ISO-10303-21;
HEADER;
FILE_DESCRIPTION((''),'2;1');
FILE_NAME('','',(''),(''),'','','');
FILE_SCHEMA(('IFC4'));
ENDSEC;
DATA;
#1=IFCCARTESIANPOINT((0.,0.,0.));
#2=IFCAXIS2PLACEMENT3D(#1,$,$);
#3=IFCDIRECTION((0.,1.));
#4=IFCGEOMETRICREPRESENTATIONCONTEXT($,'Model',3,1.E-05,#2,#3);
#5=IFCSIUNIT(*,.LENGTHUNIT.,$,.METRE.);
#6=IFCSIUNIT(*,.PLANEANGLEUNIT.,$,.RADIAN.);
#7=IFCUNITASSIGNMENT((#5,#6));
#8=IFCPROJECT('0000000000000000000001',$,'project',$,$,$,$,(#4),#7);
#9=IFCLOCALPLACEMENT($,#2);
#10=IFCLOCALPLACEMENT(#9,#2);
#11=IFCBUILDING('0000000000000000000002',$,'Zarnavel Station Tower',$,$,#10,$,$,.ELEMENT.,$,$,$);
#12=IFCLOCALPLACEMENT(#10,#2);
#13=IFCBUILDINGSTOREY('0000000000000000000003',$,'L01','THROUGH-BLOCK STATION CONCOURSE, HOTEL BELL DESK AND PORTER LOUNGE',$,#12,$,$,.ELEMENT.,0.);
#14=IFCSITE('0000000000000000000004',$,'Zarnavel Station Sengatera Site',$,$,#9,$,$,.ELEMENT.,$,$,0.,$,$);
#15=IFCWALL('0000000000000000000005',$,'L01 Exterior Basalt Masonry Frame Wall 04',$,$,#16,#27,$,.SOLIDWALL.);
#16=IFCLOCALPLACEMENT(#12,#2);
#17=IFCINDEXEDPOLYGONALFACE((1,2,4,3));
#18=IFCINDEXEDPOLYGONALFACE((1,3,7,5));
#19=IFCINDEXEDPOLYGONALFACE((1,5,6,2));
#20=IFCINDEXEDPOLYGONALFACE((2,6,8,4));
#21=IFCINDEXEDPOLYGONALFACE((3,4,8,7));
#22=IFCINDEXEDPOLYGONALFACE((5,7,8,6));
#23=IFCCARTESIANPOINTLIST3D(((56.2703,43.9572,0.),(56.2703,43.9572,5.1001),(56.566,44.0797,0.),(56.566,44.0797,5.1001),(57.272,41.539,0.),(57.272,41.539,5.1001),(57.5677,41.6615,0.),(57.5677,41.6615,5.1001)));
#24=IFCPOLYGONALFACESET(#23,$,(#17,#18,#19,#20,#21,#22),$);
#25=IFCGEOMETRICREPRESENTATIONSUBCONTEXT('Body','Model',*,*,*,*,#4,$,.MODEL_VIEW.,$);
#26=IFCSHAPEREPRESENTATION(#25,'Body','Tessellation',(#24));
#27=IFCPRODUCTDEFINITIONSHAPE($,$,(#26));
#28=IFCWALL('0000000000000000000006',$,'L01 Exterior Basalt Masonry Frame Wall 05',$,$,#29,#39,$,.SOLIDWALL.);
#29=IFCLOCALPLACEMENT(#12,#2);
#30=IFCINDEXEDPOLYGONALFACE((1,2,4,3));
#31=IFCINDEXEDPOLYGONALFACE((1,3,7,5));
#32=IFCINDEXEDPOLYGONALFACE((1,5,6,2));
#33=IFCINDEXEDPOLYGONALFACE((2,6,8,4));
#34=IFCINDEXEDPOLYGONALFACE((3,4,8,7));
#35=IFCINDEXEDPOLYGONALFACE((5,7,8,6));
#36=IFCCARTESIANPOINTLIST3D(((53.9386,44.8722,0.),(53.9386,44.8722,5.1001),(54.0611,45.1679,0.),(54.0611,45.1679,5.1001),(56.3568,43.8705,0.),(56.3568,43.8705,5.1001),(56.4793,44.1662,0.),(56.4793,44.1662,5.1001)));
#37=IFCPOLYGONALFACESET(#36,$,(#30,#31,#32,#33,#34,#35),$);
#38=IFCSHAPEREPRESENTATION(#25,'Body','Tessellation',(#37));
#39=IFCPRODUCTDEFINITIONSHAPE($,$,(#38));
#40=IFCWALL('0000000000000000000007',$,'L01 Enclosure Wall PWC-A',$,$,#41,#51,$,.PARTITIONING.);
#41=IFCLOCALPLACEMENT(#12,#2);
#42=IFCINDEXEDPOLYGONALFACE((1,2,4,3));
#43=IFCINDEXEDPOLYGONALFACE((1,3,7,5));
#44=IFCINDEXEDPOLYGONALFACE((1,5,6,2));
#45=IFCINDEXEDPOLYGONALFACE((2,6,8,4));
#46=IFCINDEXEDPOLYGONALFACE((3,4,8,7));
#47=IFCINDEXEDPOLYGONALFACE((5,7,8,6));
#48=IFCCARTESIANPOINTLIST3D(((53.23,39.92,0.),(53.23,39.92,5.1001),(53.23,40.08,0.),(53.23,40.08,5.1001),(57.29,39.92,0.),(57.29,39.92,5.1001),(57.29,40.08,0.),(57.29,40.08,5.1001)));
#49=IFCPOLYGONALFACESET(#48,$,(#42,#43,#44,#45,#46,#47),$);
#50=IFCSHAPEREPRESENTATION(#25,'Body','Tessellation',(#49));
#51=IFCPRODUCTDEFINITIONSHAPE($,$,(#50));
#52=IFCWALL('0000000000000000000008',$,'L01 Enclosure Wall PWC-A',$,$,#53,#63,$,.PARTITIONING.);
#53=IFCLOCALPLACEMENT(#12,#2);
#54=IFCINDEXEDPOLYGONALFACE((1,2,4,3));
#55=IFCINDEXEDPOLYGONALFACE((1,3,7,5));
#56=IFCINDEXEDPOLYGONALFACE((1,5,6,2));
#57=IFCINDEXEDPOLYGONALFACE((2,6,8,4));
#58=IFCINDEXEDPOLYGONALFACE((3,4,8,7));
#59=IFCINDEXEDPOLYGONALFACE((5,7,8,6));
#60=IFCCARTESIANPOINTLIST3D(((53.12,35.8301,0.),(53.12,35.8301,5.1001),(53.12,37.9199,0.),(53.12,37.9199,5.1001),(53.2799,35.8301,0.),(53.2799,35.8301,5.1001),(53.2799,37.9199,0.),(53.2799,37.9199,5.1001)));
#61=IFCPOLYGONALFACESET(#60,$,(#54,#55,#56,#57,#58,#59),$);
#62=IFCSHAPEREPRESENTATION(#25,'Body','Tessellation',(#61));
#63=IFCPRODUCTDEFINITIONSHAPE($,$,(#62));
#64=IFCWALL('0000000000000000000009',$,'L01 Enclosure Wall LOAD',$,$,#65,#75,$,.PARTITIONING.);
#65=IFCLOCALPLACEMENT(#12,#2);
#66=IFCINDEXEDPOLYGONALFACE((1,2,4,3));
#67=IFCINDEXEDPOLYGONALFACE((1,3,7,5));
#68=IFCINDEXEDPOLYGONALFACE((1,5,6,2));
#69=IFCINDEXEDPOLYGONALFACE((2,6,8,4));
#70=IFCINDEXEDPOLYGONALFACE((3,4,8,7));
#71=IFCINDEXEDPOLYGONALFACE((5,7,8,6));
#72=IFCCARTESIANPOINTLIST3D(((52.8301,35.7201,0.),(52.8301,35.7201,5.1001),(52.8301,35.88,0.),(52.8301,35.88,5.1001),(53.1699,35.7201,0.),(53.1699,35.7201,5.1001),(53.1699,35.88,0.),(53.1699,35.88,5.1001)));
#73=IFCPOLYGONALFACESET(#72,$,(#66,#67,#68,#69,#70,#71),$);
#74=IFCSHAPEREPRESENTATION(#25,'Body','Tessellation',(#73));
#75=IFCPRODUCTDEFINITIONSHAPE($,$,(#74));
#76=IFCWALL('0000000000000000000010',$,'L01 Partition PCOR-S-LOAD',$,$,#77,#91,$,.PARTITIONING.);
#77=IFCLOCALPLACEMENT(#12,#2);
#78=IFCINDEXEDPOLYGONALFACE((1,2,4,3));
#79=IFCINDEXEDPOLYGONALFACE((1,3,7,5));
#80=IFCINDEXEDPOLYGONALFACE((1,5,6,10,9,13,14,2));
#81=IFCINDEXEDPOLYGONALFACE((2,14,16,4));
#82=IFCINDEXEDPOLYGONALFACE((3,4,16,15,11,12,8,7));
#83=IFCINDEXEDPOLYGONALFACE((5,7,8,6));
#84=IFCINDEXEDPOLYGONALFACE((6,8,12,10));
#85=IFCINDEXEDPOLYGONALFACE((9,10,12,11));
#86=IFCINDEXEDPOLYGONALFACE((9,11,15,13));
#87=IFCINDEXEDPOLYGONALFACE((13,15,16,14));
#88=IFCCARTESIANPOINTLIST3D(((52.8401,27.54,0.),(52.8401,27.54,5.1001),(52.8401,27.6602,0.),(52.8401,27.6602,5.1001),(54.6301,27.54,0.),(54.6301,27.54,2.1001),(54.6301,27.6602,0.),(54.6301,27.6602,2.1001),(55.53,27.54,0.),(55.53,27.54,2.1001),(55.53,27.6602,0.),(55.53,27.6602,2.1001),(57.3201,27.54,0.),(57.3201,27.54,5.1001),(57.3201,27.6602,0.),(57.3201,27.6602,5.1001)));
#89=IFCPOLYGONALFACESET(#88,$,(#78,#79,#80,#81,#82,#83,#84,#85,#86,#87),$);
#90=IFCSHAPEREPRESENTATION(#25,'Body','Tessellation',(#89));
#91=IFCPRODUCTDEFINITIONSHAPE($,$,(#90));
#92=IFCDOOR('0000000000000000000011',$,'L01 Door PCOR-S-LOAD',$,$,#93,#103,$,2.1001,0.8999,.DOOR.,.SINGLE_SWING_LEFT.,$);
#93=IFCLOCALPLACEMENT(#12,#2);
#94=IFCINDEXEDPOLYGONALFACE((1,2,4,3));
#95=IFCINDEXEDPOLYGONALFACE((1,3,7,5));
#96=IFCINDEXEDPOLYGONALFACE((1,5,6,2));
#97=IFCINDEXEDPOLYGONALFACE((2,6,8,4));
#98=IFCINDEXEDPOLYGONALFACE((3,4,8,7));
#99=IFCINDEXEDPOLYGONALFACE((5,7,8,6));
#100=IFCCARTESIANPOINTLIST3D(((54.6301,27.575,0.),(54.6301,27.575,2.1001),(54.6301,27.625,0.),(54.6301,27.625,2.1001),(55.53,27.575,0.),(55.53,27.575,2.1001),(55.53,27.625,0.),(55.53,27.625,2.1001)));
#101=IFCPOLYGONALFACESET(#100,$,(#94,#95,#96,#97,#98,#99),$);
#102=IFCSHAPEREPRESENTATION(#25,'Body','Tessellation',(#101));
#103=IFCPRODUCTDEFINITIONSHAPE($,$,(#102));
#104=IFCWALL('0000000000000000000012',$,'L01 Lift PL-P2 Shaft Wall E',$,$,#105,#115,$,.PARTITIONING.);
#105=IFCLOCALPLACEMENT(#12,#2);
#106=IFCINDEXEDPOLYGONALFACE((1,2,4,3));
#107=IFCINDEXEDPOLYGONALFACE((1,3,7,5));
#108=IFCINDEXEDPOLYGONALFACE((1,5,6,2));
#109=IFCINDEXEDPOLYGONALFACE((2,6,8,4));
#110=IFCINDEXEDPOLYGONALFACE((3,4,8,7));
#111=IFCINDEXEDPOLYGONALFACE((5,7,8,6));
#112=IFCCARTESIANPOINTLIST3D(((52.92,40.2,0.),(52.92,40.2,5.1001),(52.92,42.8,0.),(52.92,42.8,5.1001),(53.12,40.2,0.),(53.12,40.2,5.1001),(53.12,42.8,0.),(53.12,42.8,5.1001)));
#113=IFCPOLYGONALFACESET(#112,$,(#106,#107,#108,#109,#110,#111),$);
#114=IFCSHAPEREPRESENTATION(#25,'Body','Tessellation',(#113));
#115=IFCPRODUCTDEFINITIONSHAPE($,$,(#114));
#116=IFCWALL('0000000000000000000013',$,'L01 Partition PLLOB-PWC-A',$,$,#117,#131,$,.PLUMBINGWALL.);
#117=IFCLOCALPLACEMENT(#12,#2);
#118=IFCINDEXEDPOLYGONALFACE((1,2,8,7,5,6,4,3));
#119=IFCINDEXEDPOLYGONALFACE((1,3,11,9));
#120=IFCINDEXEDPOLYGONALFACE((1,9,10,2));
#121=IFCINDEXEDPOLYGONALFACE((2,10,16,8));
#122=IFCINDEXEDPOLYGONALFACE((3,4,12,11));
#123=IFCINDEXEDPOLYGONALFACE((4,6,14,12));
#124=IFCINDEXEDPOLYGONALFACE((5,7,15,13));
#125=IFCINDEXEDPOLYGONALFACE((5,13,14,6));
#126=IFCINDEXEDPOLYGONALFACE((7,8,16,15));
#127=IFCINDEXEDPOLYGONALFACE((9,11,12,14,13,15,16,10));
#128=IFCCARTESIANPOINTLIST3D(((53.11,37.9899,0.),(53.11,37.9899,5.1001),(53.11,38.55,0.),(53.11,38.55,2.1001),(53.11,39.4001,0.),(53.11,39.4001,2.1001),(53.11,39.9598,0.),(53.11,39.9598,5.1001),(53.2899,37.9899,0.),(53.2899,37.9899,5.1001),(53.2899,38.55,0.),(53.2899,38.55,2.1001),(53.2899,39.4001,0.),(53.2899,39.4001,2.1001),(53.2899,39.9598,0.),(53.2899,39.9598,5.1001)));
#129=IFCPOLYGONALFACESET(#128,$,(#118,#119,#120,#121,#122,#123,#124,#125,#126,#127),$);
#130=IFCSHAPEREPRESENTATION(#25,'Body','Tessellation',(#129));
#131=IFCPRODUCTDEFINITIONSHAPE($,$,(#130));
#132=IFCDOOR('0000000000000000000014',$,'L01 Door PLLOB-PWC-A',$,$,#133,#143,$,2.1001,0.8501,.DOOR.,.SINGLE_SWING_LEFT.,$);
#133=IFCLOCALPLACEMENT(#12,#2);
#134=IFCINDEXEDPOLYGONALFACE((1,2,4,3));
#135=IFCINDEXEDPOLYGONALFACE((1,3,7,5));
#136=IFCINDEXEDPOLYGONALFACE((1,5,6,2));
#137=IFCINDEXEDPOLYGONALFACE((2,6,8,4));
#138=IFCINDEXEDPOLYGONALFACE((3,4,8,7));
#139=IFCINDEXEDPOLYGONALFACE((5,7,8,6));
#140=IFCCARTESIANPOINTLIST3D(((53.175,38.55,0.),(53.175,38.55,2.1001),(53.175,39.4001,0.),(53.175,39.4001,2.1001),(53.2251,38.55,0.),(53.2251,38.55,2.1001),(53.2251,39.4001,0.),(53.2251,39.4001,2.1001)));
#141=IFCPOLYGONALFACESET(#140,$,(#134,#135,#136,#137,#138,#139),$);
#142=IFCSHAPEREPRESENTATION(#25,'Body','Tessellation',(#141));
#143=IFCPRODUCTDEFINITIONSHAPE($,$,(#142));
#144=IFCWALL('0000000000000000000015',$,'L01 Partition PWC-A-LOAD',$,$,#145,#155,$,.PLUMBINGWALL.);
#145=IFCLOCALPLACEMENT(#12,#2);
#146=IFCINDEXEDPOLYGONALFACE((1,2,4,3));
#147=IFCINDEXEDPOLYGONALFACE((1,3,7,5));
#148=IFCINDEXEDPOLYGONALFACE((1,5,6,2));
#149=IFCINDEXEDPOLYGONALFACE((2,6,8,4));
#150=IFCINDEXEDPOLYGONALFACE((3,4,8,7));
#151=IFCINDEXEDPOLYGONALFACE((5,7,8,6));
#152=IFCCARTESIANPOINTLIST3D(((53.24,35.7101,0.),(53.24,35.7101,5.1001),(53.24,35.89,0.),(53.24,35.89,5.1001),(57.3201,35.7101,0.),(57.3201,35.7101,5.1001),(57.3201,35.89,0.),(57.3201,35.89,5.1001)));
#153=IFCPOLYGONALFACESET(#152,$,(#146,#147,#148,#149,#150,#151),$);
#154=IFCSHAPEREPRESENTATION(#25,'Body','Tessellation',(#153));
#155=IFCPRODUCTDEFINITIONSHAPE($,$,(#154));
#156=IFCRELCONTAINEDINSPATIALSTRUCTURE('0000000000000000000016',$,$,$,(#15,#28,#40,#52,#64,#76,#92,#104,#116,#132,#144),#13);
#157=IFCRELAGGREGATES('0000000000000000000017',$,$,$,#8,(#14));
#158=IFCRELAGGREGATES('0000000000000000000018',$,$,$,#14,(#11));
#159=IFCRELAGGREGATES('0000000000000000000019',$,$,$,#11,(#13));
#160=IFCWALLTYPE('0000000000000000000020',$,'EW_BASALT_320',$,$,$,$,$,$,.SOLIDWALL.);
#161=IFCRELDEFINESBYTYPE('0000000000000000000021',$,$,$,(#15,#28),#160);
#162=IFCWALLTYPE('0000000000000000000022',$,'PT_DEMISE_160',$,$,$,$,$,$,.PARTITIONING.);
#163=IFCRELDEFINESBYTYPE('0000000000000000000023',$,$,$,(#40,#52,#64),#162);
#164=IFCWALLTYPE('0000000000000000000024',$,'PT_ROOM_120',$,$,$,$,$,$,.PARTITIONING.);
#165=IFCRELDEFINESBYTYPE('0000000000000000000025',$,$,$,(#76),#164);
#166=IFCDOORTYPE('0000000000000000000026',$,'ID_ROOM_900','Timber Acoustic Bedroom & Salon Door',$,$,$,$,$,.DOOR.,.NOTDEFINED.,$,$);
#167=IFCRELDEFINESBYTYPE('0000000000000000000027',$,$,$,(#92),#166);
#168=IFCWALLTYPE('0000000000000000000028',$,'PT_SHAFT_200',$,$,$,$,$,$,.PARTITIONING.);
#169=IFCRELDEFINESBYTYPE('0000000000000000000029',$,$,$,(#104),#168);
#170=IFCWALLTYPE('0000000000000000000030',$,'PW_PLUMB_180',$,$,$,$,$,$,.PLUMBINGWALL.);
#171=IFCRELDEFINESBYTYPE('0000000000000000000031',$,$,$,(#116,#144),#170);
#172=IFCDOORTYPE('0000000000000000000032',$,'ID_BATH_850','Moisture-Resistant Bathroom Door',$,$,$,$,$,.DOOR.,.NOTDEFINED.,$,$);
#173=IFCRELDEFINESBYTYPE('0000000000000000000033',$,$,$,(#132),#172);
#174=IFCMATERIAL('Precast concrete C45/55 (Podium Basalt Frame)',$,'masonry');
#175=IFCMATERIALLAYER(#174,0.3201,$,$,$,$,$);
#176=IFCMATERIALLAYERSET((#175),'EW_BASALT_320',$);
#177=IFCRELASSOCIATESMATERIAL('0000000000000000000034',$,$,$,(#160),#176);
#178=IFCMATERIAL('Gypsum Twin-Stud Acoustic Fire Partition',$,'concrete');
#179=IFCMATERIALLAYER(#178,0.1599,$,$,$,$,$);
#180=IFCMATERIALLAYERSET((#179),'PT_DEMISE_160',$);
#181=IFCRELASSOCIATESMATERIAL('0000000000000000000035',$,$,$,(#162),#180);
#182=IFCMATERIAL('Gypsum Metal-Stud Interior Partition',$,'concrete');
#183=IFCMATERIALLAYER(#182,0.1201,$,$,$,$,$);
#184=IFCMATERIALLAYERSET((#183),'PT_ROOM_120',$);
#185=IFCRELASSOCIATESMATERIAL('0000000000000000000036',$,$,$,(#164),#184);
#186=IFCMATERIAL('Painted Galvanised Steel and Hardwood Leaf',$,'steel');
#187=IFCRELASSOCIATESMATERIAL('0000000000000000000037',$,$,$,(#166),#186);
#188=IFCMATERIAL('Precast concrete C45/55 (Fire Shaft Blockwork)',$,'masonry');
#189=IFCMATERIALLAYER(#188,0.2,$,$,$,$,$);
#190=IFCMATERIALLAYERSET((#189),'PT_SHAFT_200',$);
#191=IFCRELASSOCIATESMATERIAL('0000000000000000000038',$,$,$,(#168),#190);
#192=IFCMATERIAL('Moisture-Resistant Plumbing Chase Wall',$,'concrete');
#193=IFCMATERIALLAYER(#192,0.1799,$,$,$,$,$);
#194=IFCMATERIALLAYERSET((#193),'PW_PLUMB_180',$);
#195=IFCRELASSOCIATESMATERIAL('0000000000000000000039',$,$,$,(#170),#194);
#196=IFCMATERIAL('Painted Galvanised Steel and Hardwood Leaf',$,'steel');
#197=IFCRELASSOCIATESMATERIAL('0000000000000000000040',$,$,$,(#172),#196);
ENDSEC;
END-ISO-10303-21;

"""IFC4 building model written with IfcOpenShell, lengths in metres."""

from ifc_helpers import new_model, si_unit, direction, frame, frame_2d, origin, place, context, subcontext, project, spatial, rectangle, extrude, material, layer, layer_set, type_object, element, fill, save


model = new_model("IFC4")

# Units and contexts
model_context = context("Model", 3, precision=1e-05, world=origin(), true_north=direction((0.0, 1.0)))
body_context = subcontext(model_context, "Body", "Model", "MODEL_VIEW")
ifc_project = project(units=[si_unit("LENGTHUNIT", "METRE"), si_unit("PLANEANGLEUNIT", "RADIAN")], contexts=[model_context])

# Site, building, storey
site_placement = place(None, origin())
site = spatial("IfcSite", under=ifc_project, at=site_placement, Name="Zarnavel Station Sengatera Site", CompositionType="ELEMENT", RefElevation=0.0)
building_placement = place(site_placement, origin())
building = spatial("IfcBuilding", under=site, at=building_placement, Name="Zarnavel Station Tower", CompositionType="ELEMENT")
storey_placement = place(building_placement, origin())
storey = spatial("IfcBuildingStorey", under=building, at=storey_placement, Name="L01", Description="THROUGH-BLOCK STATION CONCOURSE, HOTEL BELL DESK AND PORTER LOUNGE", CompositionType="ELEMENT", Elevation=0.0)

# Shared definitions
ifc_material_1 = material(Name="Precast concrete C45/55 (Podium Basalt Frame)", Category="masonry")
ifc_layer_1 = layer(ifc_material_1, 0.3201)
ifc_layer_set_1 = layer_set([ifc_layer_1], Name="EW_BASALT_320")
wall_type_1 = type_object("IfcWallType", Name="EW_BASALT_320", PredefinedType="SOLIDWALL", material=ifc_layer_set_1)

# Walls
for number, where, z_axis, x_axis, name in (
    (1, (56.4182, 44.0183, 0.0), (0.0, 0.0, 1.0), (0.382701, -0.923872, 0.0), "L01 Exterior Basalt Masonry Frame Wall 04"),
    (2, (54.0, 45.02, 0.0), (0.0, 0.0, 1.0), (0.923872, -0.382701, 0.0), "L01 Exterior Basalt Masonry Frame Wall 05"),
):
    element("IfcWall", number, at=place(storey_placement, frame(where, z_axis=z_axis, x_axis=x_axis)), inside=storey, type_object=wall_type_1, Name=name, PredefinedType="SOLIDWALL", context=body_context, shape_type="SweptSolid", body=[
        extrude(rectangle(XDim=2.6174, YDim=0.3201, at=frame_2d((1.3086, 0.0))), origin(), (0.0, 0.0, 1.0), 5.1001),
    ])
ifc_material_2 = material(Name="Gypsum Twin-Stud Acoustic Fire Partition", Category="concrete")
ifc_layer_2 = layer(ifc_material_2, 0.1599)
ifc_layer_set_2 = layer_set([ifc_layer_2], Name="PT_DEMISE_160")
wall_type_2 = type_object("IfcWallType", Name="PT_DEMISE_160", PredefinedType="PARTITIONING", material=ifc_layer_set_2)
wall_1_placement = place(storey_placement, frame((53.23, 40.0, 0.0), z_axis=(0.0, 0.0, 1.0), x_axis=(1.0, 0.0, 0.0)))
element("IfcWall", 3, at=wall_1_placement, inside=storey, type_object=wall_type_2, Name="L01 Enclosure Wall PWC-A", PredefinedType="PARTITIONING", context=body_context, shape_type="SweptSolid", body=[
    extrude(rectangle(XDim=4.0601, YDim=0.1599, at=frame_2d((2.03, 0.0))), origin(), (0.0, 0.0, 1.0), 5.1001),
])
wall_2_placement = place(storey_placement, frame((53.2, 35.8301, 0.0), z_axis=(0.0, 0.0, 1.0), x_axis=(0.0, 1.0, 0.0)))
element("IfcWall", 4, at=wall_2_placement, inside=storey, type_object=wall_type_2, Name="L01 Enclosure Wall PWC-A", PredefinedType="PARTITIONING", context=body_context, shape_type="SweptSolid", body=[
    extrude(rectangle(XDim=2.0898, YDim=0.1599, at=frame_2d((1.0449, 0.0))), origin(), (0.0, 0.0, 1.0), 5.1001),
])
wall_3_placement = place(storey_placement, frame((52.8301, 35.8, 0.0), z_axis=(0.0, 0.0, 1.0), x_axis=(1.0, 0.0, 0.0)))
element("IfcWall", 5, at=wall_3_placement, inside=storey, type_object=wall_type_2, Name="L01 Enclosure Wall LOAD", PredefinedType="PARTITIONING", context=body_context, shape_type="SweptSolid", body=[
    extrude(rectangle(XDim=0.3398, YDim=0.1599, at=frame_2d((0.1699, 0.0))), origin(), (0.0, 0.0, 1.0), 5.1001),
])

# Wall, opening, door
ifc_material_3 = material(Name="Gypsum Metal-Stud Interior Partition", Category="concrete")
ifc_layer_3 = layer(ifc_material_3, 0.1201)
ifc_layer_set_3 = layer_set([ifc_layer_3], Name="PT_ROOM_120")
wall_type_3 = type_object("IfcWallType", Name="PT_ROOM_120", PredefinedType="PARTITIONING", material=ifc_layer_set_3)
wall_4_placement = place(storey_placement, frame((52.8401, 27.6001, 0.0), z_axis=(0.0, 0.0, 1.0), x_axis=(1.0, 0.0, 0.0)))
wall_4 = element("IfcWall", 6, at=wall_4_placement, inside=storey, type_object=wall_type_3, Name="L01 Partition PCOR-S-LOAD", PredefinedType="PARTITIONING", context=body_context, shape_type="SweptSolid", body=[
    extrude(rectangle(XDim=4.48, YDim=0.1201, at=frame_2d((2.24, 0.0))), origin(), (0.0, 0.0, 1.0), 5.1001),
])
opening_1_placement = place(wall_4_placement, frame((1.79, 0.0, 0.0)))
opening_1 = element("IfcOpeningElement", 7, at=opening_1_placement, cuts=wall_4, PredefinedType="OPENING", context=body_context, shape_type="SweptSolid", body=[
    extrude(rectangle(XDim=0.8999, YDim=2.1001, at=frame_2d((0.45, 1.05))), frame((0.0, 0.0701, 0.0), z_axis=(0.0, -1.0, 0.0), x_axis=(1.0, 0.0, 0.0)), (0.0, 0.0, 1.0), 0.1401),
])
ifc_material_4 = material(Name="Painted Galvanised Steel and Hardwood Leaf", Category="steel")
door_type_1 = type_object("IfcDoorType", Name="ID_ROOM_900", Description="Timber Acoustic Bedroom & Salon Door", OperationType="NOTDEFINED", PredefinedType="DOOR", material=ifc_material_4)
door_1_placement = place(opening_1_placement, origin())
door_1 = element("IfcDoor", 8, at=door_1_placement, inside=storey, type_object=door_type_1, Name="L01 Door PCOR-S-LOAD", OperationType="SINGLE_SWING_LEFT", OverallHeight=2.1001, OverallWidth=0.8999, PredefinedType="DOOR", context=body_context, shape_type="SweptSolid", body=[
    extrude(rectangle(XDim=0.8999, YDim=2.1001, at=frame_2d((0.45, 1.05))), frame((0.0, 0.0249, 0.0), z_axis=(0.0, -1.0, 0.0), x_axis=(1.0, 0.0, 0.0)), (0.0, 0.0, 1.0), 0.05),
])
fill(opening_1, door_1)

# Wall
ifc_material_5 = material(Name="Precast concrete C45/55 (Fire Shaft Blockwork)", Category="masonry")
ifc_layer_4 = layer(ifc_material_5, 0.2)
ifc_layer_set_4 = layer_set([ifc_layer_4], Name="PT_SHAFT_200")
wall_type_4 = type_object("IfcWallType", Name="PT_SHAFT_200", PredefinedType="PARTITIONING", material=ifc_layer_set_4)
wall_5_placement = place(storey_placement, frame((53.02, 40.2, 0.0), z_axis=(0.0, 0.0, 1.0), x_axis=(0.0, 1.0, 0.0)))
element("IfcWall", 9, at=wall_5_placement, inside=storey, type_object=wall_type_4, Name="L01 Lift PL-P2 Shaft Wall E", PredefinedType="PARTITIONING", context=body_context, shape_type="SweptSolid", body=[
    extrude(rectangle(XDim=2.6001, YDim=0.2, at=frame_2d((1.3, 0.0))), origin(), (0.0, 0.0, 1.0), 5.1001),
])

# Wall, opening, door
ifc_material_6 = material(Name="Moisture-Resistant Plumbing Chase Wall", Category="concrete")
ifc_layer_5 = layer(ifc_material_6, 0.1799)
ifc_layer_set_5 = layer_set([ifc_layer_5], Name="PW_PLUMB_180")
wall_type_5 = type_object("IfcWallType", Name="PW_PLUMB_180", PredefinedType="PLUMBINGWALL", material=ifc_layer_set_5)
wall_6_placement = place(storey_placement, frame((53.2, 37.99, 0.0), z_axis=(0.0, 0.0, 1.0), x_axis=(0.0, 1.0, 0.0)))
wall_6 = element("IfcWall", 10, at=wall_6_placement, inside=storey, type_object=wall_type_5, Name="L01 Partition PLLOB-PWC-A", PredefinedType="PLUMBINGWALL", context=body_context, shape_type="SweptSolid", body=[
    extrude(rectangle(XDim=1.97, YDim=0.1799, at=frame_2d((0.9849, 0.0))), origin(), (0.0, 0.0, 1.0), 5.1001),
])
opening_2_placement = place(wall_6_placement, frame((0.5601, 0.0, 0.0)))
opening_2 = element("IfcOpeningElement", 11, at=opening_2_placement, cuts=wall_6, PredefinedType="OPENING", context=body_context, shape_type="SweptSolid", body=[
    extrude(rectangle(XDim=0.8501, YDim=2.1001, at=frame_2d((0.425, 1.05))), frame((0.0, 0.0999, 0.0), z_axis=(0.0, -1.0, 0.0), x_axis=(1.0, 0.0, 0.0)), (0.0, 0.0, 1.0), 0.2),
])
ifc_material_7 = material(Name="Painted Galvanised Steel and Hardwood Leaf", Category="steel")
door_type_2 = type_object("IfcDoorType", Name="ID_BATH_850", Description="Moisture-Resistant Bathroom Door", OperationType="NOTDEFINED", PredefinedType="DOOR", material=ifc_material_7)
door_2_placement = place(opening_2_placement, origin())
door_2 = element("IfcDoor", 12, at=door_2_placement, inside=storey, type_object=door_type_2, Name="L01 Door PLLOB-PWC-A", OperationType="SINGLE_SWING_LEFT", OverallHeight=2.1001, OverallWidth=0.8501, PredefinedType="DOOR", context=body_context, shape_type="SweptSolid", body=[
    extrude(rectangle(XDim=0.8501, YDim=2.1001, at=frame_2d((0.425, 1.05))), frame((0.0, 0.0249, 0.0), z_axis=(0.0, -1.0, 0.0), x_axis=(1.0, 0.0, 0.0)), (0.0, 0.0, 1.0), 0.05),
])
fill(opening_2, door_2)

# Wall
wall_7_placement = place(storey_placement, frame((53.24, 35.8, 0.0), z_axis=(0.0, 0.0, 1.0), x_axis=(1.0, 0.0, 0.0)))
element("IfcWall", 13, at=wall_7_placement, inside=storey, type_object=wall_type_5, Name="L01 Partition PWC-A-LOAD", PredefinedType="PLUMBINGWALL", context=body_context, shape_type="SweptSolid", body=[
    extrude(rectangle(XDim=4.0801, YDim=0.1799, at=frame_2d((2.04, 0.0))), origin(), (0.0, 0.0, 1.0), 5.1001),
])

save(model, "model.ifc")
